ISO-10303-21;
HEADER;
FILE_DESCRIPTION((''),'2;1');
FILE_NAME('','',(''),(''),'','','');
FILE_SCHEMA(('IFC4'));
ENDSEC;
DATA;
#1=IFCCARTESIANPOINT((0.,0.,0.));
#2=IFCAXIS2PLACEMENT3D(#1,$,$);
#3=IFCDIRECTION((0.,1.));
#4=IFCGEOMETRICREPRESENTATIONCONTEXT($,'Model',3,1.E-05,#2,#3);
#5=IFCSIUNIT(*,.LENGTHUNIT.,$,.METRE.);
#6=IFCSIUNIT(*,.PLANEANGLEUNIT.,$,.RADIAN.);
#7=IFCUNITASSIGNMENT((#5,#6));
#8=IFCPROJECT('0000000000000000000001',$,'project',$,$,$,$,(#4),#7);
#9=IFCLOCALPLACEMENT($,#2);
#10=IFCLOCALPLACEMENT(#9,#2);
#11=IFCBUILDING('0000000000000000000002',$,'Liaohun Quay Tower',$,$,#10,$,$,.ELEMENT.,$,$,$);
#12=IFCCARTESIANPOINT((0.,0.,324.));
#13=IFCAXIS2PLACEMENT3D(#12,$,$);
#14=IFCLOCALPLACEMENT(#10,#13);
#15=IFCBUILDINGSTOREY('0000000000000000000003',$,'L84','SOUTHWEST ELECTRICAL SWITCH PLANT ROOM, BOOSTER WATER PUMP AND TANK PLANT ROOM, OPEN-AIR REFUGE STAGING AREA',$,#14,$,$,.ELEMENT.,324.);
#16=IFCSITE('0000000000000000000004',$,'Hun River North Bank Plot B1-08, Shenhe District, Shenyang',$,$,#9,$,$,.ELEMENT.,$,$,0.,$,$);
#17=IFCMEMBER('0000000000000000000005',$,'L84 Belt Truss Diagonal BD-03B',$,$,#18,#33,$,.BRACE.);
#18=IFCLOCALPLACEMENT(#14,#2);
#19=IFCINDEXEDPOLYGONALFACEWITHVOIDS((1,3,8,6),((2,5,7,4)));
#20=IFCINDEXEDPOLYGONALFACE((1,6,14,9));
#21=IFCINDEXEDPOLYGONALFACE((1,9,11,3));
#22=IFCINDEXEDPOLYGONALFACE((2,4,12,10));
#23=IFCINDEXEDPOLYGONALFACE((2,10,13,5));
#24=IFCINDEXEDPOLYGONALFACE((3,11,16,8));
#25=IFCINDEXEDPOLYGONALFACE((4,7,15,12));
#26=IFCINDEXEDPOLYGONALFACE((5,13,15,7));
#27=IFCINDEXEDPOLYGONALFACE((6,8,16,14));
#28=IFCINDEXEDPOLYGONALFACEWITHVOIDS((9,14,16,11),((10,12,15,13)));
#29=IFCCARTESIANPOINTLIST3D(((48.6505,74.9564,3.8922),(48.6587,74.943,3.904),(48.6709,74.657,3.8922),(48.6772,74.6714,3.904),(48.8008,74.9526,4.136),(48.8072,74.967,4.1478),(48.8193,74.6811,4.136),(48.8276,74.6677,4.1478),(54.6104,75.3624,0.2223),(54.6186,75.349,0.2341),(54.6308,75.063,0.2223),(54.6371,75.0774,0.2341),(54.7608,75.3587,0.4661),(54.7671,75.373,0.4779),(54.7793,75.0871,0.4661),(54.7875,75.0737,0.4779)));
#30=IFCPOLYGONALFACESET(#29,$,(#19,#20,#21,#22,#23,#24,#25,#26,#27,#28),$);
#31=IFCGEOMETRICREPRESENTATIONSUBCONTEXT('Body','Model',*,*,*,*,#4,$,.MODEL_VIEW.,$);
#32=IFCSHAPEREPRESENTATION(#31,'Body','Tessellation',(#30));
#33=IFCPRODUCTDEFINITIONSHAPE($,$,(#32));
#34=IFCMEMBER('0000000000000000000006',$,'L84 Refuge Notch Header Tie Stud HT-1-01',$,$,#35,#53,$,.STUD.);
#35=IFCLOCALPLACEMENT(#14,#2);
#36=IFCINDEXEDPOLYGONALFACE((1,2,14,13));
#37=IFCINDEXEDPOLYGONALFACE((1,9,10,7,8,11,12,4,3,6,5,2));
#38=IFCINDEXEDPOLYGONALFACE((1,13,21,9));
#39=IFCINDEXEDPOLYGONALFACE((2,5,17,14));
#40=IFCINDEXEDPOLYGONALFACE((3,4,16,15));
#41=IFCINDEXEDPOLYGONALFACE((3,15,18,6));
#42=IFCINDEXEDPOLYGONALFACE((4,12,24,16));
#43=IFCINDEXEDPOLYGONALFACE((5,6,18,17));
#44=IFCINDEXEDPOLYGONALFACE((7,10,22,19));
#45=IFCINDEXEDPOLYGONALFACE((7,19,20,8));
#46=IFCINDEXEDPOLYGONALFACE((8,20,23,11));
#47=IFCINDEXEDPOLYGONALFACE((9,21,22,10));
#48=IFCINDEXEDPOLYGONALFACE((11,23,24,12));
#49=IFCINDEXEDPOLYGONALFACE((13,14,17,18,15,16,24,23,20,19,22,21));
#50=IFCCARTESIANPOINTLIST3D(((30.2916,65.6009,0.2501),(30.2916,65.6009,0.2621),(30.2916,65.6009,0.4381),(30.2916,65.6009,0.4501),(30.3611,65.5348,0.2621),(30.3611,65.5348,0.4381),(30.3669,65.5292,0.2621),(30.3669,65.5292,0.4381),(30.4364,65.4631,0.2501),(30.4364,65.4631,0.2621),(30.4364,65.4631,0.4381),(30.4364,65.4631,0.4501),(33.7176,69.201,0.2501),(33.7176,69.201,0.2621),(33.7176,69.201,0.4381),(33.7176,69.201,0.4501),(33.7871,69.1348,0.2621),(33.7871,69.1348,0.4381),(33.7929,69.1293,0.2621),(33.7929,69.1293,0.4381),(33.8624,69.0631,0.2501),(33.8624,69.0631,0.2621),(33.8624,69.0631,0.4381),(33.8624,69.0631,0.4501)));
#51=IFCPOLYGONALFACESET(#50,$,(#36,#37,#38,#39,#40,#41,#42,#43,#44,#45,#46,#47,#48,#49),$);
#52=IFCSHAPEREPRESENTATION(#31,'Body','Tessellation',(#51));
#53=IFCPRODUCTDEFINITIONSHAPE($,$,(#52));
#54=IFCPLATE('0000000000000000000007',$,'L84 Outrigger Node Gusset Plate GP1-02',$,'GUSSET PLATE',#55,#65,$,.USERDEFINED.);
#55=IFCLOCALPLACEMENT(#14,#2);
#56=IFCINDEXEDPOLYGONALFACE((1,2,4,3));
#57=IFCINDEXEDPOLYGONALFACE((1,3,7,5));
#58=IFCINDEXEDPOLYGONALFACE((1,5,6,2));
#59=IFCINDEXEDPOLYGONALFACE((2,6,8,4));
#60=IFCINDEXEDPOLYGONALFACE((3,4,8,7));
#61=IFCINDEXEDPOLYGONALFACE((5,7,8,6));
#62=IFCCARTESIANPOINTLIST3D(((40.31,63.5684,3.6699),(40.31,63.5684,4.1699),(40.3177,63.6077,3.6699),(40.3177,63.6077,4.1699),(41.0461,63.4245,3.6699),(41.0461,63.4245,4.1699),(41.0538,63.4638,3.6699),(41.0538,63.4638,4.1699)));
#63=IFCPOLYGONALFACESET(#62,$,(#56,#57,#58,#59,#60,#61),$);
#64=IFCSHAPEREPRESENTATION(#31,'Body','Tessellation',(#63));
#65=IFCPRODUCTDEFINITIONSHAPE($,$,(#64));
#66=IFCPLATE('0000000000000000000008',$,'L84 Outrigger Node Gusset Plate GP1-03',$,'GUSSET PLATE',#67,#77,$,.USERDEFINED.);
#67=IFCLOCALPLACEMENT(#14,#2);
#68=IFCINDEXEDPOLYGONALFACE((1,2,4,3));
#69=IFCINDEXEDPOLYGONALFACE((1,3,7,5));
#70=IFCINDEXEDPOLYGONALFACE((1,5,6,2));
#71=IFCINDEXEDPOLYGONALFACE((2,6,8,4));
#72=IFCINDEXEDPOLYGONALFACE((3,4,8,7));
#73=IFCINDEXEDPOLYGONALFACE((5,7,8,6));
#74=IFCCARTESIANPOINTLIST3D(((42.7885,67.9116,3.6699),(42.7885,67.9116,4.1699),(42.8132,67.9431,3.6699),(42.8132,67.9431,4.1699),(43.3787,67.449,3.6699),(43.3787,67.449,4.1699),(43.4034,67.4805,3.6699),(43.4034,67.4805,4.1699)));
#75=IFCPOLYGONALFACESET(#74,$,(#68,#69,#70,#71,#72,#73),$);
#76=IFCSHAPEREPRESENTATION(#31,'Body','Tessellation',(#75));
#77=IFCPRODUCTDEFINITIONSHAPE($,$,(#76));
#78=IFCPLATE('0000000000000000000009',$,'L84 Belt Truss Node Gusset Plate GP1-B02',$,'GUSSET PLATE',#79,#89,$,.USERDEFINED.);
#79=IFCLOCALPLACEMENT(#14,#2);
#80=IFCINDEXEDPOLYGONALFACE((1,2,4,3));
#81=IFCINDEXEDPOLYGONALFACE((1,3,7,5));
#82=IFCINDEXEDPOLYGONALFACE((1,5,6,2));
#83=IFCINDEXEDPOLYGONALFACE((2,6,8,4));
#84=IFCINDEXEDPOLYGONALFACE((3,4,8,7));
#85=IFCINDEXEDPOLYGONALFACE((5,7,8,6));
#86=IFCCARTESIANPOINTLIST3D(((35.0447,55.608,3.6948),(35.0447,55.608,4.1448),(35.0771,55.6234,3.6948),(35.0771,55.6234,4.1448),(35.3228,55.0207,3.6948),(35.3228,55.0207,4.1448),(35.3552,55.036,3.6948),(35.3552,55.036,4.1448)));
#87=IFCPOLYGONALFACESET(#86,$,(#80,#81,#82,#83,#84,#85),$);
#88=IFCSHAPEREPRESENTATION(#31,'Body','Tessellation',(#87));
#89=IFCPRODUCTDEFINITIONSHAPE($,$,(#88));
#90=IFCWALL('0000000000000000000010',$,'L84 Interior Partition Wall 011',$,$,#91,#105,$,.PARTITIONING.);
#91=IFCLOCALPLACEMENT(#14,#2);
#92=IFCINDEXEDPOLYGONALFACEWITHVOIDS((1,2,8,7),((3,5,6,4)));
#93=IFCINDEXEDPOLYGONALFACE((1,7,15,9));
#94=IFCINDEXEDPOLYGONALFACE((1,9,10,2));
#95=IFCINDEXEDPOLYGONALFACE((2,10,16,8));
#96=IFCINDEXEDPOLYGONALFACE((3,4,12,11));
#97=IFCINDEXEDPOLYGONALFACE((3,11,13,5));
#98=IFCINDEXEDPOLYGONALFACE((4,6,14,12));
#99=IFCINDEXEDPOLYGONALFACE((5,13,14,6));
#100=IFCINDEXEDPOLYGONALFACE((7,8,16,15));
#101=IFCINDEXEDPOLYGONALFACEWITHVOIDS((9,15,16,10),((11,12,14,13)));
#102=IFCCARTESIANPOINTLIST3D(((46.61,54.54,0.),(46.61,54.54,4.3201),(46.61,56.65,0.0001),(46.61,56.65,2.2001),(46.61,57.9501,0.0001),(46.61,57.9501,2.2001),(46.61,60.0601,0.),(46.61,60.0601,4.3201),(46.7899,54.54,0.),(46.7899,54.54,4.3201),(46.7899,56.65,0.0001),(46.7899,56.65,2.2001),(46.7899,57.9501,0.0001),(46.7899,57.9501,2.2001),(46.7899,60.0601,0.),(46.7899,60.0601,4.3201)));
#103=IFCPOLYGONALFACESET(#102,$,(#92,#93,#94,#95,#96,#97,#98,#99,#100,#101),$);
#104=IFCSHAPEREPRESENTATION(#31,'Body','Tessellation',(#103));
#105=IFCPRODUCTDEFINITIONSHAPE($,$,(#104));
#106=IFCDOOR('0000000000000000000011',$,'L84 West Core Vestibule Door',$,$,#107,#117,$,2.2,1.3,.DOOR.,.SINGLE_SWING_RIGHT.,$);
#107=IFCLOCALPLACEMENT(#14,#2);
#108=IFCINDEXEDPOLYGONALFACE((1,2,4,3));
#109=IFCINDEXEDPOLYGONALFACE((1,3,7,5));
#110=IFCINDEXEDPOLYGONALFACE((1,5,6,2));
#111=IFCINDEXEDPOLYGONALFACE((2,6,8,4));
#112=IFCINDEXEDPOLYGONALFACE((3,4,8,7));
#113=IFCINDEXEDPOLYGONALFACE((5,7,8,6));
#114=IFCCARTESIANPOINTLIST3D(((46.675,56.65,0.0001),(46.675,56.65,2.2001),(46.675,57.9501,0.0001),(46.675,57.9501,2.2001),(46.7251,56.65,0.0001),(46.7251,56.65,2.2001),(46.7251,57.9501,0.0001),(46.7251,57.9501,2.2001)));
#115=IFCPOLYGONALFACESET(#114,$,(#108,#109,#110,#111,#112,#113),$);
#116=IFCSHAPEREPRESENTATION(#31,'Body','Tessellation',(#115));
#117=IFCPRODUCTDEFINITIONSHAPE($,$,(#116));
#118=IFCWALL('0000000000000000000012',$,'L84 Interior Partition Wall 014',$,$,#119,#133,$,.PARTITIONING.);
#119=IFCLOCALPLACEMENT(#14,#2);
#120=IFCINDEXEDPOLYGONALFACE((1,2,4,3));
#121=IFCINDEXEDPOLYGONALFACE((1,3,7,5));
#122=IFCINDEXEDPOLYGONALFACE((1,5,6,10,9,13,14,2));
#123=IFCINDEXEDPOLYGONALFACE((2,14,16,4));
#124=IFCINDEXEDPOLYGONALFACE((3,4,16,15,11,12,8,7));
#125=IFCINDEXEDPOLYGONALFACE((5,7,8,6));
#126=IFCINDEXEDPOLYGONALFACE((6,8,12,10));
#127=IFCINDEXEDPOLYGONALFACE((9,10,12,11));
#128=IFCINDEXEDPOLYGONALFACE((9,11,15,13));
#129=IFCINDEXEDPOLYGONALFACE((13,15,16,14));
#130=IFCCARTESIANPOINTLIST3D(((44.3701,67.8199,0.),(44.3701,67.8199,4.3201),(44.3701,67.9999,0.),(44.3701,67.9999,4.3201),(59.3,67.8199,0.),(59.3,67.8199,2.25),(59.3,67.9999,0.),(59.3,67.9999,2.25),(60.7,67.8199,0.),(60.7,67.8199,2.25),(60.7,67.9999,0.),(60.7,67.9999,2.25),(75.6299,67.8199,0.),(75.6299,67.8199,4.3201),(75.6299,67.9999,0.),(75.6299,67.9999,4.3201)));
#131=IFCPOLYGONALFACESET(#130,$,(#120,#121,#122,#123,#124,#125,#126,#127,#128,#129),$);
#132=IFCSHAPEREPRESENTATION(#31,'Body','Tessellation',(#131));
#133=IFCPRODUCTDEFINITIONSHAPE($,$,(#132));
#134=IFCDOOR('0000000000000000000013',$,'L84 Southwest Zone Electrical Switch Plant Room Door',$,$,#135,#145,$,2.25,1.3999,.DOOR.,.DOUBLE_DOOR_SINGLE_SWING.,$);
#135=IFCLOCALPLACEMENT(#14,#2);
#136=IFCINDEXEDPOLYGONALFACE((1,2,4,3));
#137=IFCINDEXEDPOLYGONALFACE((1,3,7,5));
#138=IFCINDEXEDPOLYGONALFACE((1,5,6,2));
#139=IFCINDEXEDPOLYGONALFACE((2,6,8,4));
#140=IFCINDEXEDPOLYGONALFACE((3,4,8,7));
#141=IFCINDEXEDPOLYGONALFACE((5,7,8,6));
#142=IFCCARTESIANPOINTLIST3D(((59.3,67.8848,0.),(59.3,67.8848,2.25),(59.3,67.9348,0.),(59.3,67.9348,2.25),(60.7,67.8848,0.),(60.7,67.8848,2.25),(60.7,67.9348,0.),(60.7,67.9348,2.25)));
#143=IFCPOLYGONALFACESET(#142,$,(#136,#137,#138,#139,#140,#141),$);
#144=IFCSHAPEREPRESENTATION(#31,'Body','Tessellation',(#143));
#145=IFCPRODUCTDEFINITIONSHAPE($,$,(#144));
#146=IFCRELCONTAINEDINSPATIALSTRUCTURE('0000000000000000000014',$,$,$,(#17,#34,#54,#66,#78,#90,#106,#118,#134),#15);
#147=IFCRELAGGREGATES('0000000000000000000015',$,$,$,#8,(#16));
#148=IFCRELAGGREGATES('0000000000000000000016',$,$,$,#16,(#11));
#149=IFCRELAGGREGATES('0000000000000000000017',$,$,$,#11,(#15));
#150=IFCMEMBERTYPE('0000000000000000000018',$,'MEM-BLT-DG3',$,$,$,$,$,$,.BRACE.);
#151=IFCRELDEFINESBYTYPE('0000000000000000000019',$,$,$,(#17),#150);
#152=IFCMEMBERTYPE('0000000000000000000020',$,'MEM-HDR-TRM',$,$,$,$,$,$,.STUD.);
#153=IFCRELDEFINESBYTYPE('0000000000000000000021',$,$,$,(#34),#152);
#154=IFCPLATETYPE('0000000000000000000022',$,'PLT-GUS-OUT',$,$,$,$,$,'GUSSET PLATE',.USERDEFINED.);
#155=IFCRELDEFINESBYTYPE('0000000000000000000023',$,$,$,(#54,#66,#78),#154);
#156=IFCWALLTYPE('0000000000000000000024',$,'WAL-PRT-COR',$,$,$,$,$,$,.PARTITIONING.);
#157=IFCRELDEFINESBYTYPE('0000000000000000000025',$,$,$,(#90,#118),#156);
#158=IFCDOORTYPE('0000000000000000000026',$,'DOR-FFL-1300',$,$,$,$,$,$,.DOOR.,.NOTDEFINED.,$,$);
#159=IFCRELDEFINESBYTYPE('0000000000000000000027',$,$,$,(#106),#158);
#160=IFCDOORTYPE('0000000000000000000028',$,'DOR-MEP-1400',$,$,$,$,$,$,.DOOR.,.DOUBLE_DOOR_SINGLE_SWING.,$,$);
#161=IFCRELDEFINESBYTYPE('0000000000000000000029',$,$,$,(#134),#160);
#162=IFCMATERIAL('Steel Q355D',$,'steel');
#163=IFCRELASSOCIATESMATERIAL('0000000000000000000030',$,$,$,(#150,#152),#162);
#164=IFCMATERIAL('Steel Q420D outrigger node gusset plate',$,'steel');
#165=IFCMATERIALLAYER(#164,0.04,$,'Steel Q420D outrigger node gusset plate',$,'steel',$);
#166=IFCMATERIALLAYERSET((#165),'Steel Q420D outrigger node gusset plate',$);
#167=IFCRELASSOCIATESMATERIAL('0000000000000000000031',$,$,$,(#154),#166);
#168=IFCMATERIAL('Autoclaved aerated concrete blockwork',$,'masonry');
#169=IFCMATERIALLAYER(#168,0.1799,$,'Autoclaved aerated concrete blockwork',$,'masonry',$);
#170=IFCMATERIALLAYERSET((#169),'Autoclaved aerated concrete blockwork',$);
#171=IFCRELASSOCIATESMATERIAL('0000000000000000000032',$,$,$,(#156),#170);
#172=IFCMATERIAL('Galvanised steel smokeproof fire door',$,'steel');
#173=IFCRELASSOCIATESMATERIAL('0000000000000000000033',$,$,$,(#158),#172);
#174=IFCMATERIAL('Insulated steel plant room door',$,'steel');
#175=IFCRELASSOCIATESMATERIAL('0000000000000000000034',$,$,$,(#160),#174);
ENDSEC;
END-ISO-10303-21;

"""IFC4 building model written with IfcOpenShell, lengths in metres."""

from ifc_helpers import new_model, si_unit, direction, frame, frame_2d, origin, origin_2d, place, context, subcontext, project, spatial, rectangle, hollow_rectangle, i_section, extrude, source, transform, mapped, material, layer, layer_set, material_profile, profile_set, type_object, element, fill, save


model = new_model("IFC4")

# Units and contexts
model_context = context("Model", 3, precision=1e-05, world=origin(), true_north=direction((0.0, 1.0)))
body_context = subcontext(model_context, "Body", "Model", "MODEL_VIEW")
ifc_project = project(units=[si_unit("LENGTHUNIT", "METRE"), si_unit("PLANEANGLEUNIT", "RADIAN")], contexts=[model_context])

# Site, building, storey
site_placement = place(None, origin())
site = spatial("IfcSite", under=ifc_project, at=site_placement, Name="Hun River North Bank Plot B1-08, Shenhe District, Shenyang", CompositionType="ELEMENT", RefElevation=0.0)
building_placement = place(site_placement, origin())
building = spatial("IfcBuilding", under=site, at=building_placement, Name="Liaohun Quay Tower", CompositionType="ELEMENT")
storey_placement = place(building_placement, frame((0.0, 0.0, 324.0)))
storey = spatial("IfcBuildingStorey", under=building, at=storey_placement, Name="L84", Description="SOUTHWEST ELECTRICAL SWITCH PLANT ROOM, BOOSTER WATER PUMP AND TANK PLANT ROOM, OPEN-AIR REFUGE STAGING AREA", CompositionType="ELEMENT", Elevation=324.0)

# Shared definitions
ifc_material_1 = material(Name="Steel Q355D", Category="steel")

# Members
ifc_material_profile_1 = material_profile(ifc_material_1, hollow_rectangle(XDim=0.3, YDim=0.3, WallThickness=0.0139, at=origin_2d()), Name="SHS300x300x14")
ifc_profile_set_1 = profile_set([ifc_material_profile_1], Name="Steel Q355D")
member_type_1 = type_object("IfcMemberType", Name="MEM-BLT-DG3", PredefinedType="BRACE", material=ifc_profile_set_1)
shared_shape_1 = source(origin(), body_context, "Body", "SweptSolid", [
    extrude(hollow_rectangle(XDim=0.3, YDim=0.3, WallThickness=0.0139, at=origin_2d()), origin(), (0.0, 0.0, 1.0), 7.011),
])
for number, where, z_axis, x_axis, name in (
    (1, (48.739, 74.812, 4.02), (0.850086, 0.05791, -0.523451), (-0.067965, 0.997688, 0.0), "L84 Belt Truss Diagonal BD-03B"),
):
    element("IfcMember", number, at=place(storey_placement, frame(where, z_axis=z_axis, x_axis=x_axis)), inside=storey, type_object=member_type_1, Name=name, PredefinedType="BRACE", context=body_context, shape_type="MappedRepresentation", body=[
        mapped(shared_shape_1, transform((0.0, 0.0, 0.0), x_axis=(1.0, 0.0, 0.0), y_axis=(0.0, 1.0, 0.0), z_axis=(0.0, 0.0, 1.0), scale=1.0)),
    ])
ifc_material_profile_2 = material_profile(ifc_material_1, i_section(OverallWidth=0.2, OverallDepth=0.2, WebThickness=0.0081, FlangeThickness=0.012, at=origin_2d()), Name="HW200x200x8x12")
ifc_profile_set_2 = profile_set([ifc_material_profile_2], Name="Steel Q355D")
member_type_2 = type_object("IfcMemberType", Name="MEM-HDR-TRM", PredefinedType="STUD", material=ifc_profile_set_2)
shared_shape_2 = source(origin(), body_context, "Body", "SweptSolid", [
    extrude(i_section(OverallWidth=0.2, OverallDepth=0.2, WebThickness=0.0081, FlangeThickness=0.012, at=origin_2d()), origin(), (0.0, 0.0, 1.0), 4.9697),
])
member_1_placement = place(storey_placement, frame((30.364, 65.532, 0.3501), z_axis=(0.689377, 0.724403, 0.0), x_axis=(-0.724403, 0.689377, 0.0)))
element("IfcMember", 2, at=member_1_placement, inside=storey, type_object=member_type_2, Name="L84 Refuge Notch Header Tie Stud HT-1-01", PredefinedType="STUD", context=body_context, shape_type="MappedRepresentation", body=[
    mapped(shared_shape_2, transform((0.0, 0.0, 0.0), x_axis=(1.0, 0.0, 0.0), y_axis=(0.0, 1.0, 0.0), z_axis=(0.0, 0.0, 1.0), scale=1.0)),
])

# Plates
ifc_material_2 = material(Name="Steel Q420D outrigger node gusset plate", Category="steel")
ifc_layer_1 = layer(ifc_material_2, 0.04, Name="Steel Q420D outrigger node gusset plate", Category="steel")
ifc_layer_set_1 = layer_set([ifc_layer_1], Name="Steel Q420D outrigger node gusset plate")
plate_type = type_object("IfcPlateType", Name="PLT-GUS-OUT", ElementType="GUSSET PLATE", PredefinedType="USERDEFINED", material=ifc_layer_set_1)
shared_shape_3 = source(origin(), body_context, "Body", "SweptSolid", [
    extrude(rectangle(XDim=0.75, YDim=0.04, at=origin_2d()), origin(), (0.0, 0.0, 1.0), 0.5),
])
for number, where, z_axis, x_axis, name in (
    (3, (40.6819, 63.5161, 3.6699), (0.0, 0.0, 1.0), (-0.981427, 0.191837, 0.0), "L84 Outrigger Node Gusset Plate GP1-02"),
    (4, (43.0959, 67.696, 3.6699), (0.0, 0.0, 1.0), (-0.787043, 0.616899, 0.0), "L84 Outrigger Node Gusset Plate GP1-03"),
):
    element("IfcPlate", number, at=place(storey_placement, frame(where, z_axis=z_axis, x_axis=x_axis)), inside=storey, type_object=plate_type, Name=name, ObjectType="GUSSET PLATE", PredefinedType="USERDEFINED", context=body_context, shape_type="MappedRepresentation", body=[
        mapped(shared_shape_3, transform((0.0, 0.0, 0.0), x_axis=(1.0, 0.0, 0.0), y_axis=(0.0, 1.0, 0.0), z_axis=(0.0, 0.0, 1.0), scale=1.0)),
    ])
shared_shape_4 = source(origin(), body_context, "Body", "SweptSolid", [
    extrude(rectangle(XDim=0.6499, YDim=0.0359, at=origin_2d()), origin(), (0.0, 0.0, 1.0), 0.45),
])
plate_placement = place(storey_placement, frame((35.2, 55.322, 3.6948), z_axis=(0.0, 0.0, 1.0), x_axis=(-0.427989, 0.903784, 0.0)))
element("IfcPlate", 5, at=plate_placement, inside=storey, type_object=plate_type, Name="L84 Belt Truss Node Gusset Plate GP1-B02", ObjectType="GUSSET PLATE", PredefinedType="USERDEFINED", context=body_context, shape_type="MappedRepresentation", body=[
    mapped(shared_shape_4, transform((0.0, 0.0, 0.0), x_axis=(1.0, 0.0, 0.0), y_axis=(0.0, 1.0, 0.0), z_axis=(0.0, 0.0, 1.0), scale=1.0)),
])

# Walls, openings, doors
ifc_material_3 = material(Name="Autoclaved aerated concrete blockwork", Category="masonry")
ifc_layer_2 = layer(ifc_material_3, 0.1799, Name="Autoclaved aerated concrete blockwork", Category="masonry")
ifc_layer_set_2 = layer_set([ifc_layer_2], Name="Autoclaved aerated concrete blockwork")
wall_type_1 = type_object("IfcWallType", Name="WAL-PRT-COR", PredefinedType="PARTITIONING", material=ifc_layer_set_2)
wall_1_placement = place(storey_placement, frame((46.7, 54.54, 0.0), z_axis=(0.0, 0.0, 1.0), x_axis=(0.0, 1.0, 0.0)))
wall_1 = element("IfcWall", 6, at=wall_1_placement, inside=storey, type_object=wall_type_1, Name="L84 Interior Partition Wall 011", PredefinedType="PARTITIONING", context=body_context, shape_type="SweptSolid", body=[
    extrude(rectangle(XDim=5.52, YDim=0.1799, at=frame_2d((2.76, 0.0))), origin(), (0.0, 0.0, 1.0), 4.3201),
])
shared_shape_5 = source(origin(), body_context, "Body", "SweptSolid", [
    extrude(rectangle(XDim=1.3, YDim=2.2, at=frame_2d((0.6499, 1.1001))), frame((0.0, 0.0999, 0.0), z_axis=(0.0, -1.0, 0.0), x_axis=(1.0, 0.0, 0.0)), (0.0, 0.0, 1.0), 0.2),
])
opening_1_placement = place(wall_1_placement, frame((2.1101, 0.0, 0.0)))
opening_1 = element("IfcOpeningElement", 7, at=opening_1_placement, cuts=wall_1, PredefinedType="OPENING", context=body_context, shape_type="MappedRepresentation", body=[
    mapped(shared_shape_5, transform((0.0, 0.0, 0.0), x_axis=(1.0, 0.0, 0.0), y_axis=(0.0, 1.0, 0.0), z_axis=(0.0, 0.0, 1.0), scale=1.0)),
])
ifc_material_4 = material(Name="Galvanised steel smokeproof fire door", Category="steel")
door_type_1 = type_object("IfcDoorType", Name="DOR-FFL-1300", OperationType="NOTDEFINED", PredefinedType="DOOR", material=ifc_material_4)
shared_shape_6 = source(origin(), body_context, "Body", "SweptSolid", [
    extrude(rectangle(XDim=1.3, YDim=2.2, at=frame_2d((0.6499, 1.1001))), frame((0.0, 0.0249, 0.0), z_axis=(0.0, -1.0, 0.0), x_axis=(1.0, 0.0, 0.0)), (0.0, 0.0, 1.0), 0.05),
])
door_1_placement = place(opening_1_placement, origin())
door_1 = element("IfcDoor", 8, at=door_1_placement, inside=storey, type_object=door_type_1, Name="L84 West Core Vestibule Door", OperationType="SINGLE_SWING_RIGHT", OverallHeight=2.2, OverallWidth=1.3, PredefinedType="DOOR", context=body_context, shape_type="MappedRepresentation", body=[
    mapped(shared_shape_6, transform((0.0, 0.0, 0.0), x_axis=(1.0, 0.0, 0.0), y_axis=(0.0, 1.0, 0.0), z_axis=(0.0, 0.0, 1.0), scale=1.0)),
])
fill(opening_1, door_1)
wall_2_placement = place(storey_placement, frame((44.3701, 67.9099, 0.0), z_axis=(0.0, 0.0, 1.0), x_axis=(1.0, 0.0, 0.0)))
wall_2 = element("IfcWall", 9, at=wall_2_placement, inside=storey, type_object=wall_type_1, Name="L84 Interior Partition Wall 014", PredefinedType="PARTITIONING", context=body_context, shape_type="SweptSolid", body=[
    extrude(rectangle(XDim=31.2598, YDim=0.1799, at=frame_2d((15.6299, 0.0))), origin(), (0.0, 0.0, 1.0), 4.3201),
])
shared_shape_7 = source(origin(), body_context, "Body", "SweptSolid", [
    extrude(rectangle(XDim=1.3999, YDim=2.25, at=frame_2d((0.7, 1.125))), frame((0.0, 0.0999, 0.0), z_axis=(0.0, -1.0, 0.0), x_axis=(1.0, 0.0, 0.0)), (0.0, 0.0, 1.0), 0.2),
])
opening_2_placement = place(wall_2_placement, frame((14.9299, 0.0, 0.0)))
opening_2 = element("IfcOpeningElement", 10, at=opening_2_placement, cuts=wall_2, PredefinedType="OPENING", context=body_context, shape_type="MappedRepresentation", body=[
    mapped(shared_shape_7, transform((0.0, 0.0, 0.0), x_axis=(1.0, 0.0, 0.0), y_axis=(0.0, 1.0, 0.0), z_axis=(0.0, 0.0, 1.0), scale=1.0)),
])
ifc_material_5 = material(Name="Insulated steel plant room door", Category="steel")
door_type_2 = type_object("IfcDoorType", Name="DOR-MEP-1400", OperationType="DOUBLE_DOOR_SINGLE_SWING", PredefinedType="DOOR", material=ifc_material_5)
shared_shape_8 = source(origin(), body_context, "Body", "SweptSolid", [
    extrude(rectangle(XDim=1.3999, YDim=2.25, at=frame_2d((0.7, 1.125))), frame((0.0, 0.0249, 0.0), z_axis=(0.0, -1.0, 0.0), x_axis=(1.0, 0.0, 0.0)), (0.0, 0.0, 1.0), 0.05),
])
door_2_placement = place(opening_2_placement, origin())
door_2 = element("IfcDoor", 11, at=door_2_placement, inside=storey, type_object=door_type_2, Name="L84 Southwest Zone Electrical Switch Plant Room Door", OperationType="DOUBLE_DOOR_SINGLE_SWING", OverallHeight=2.25, OverallWidth=1.3999, PredefinedType="DOOR", context=body_context, shape_type="MappedRepresentation", body=[
    mapped(shared_shape_8, transform((0.0, 0.0, 0.0), x_axis=(1.0, 0.0, 0.0), y_axis=(0.0, 1.0, 0.0), z_axis=(0.0, 0.0, 1.0), scale=1.0)),
])
fill(opening_2, door_2)

save(model, "model.ifc")
